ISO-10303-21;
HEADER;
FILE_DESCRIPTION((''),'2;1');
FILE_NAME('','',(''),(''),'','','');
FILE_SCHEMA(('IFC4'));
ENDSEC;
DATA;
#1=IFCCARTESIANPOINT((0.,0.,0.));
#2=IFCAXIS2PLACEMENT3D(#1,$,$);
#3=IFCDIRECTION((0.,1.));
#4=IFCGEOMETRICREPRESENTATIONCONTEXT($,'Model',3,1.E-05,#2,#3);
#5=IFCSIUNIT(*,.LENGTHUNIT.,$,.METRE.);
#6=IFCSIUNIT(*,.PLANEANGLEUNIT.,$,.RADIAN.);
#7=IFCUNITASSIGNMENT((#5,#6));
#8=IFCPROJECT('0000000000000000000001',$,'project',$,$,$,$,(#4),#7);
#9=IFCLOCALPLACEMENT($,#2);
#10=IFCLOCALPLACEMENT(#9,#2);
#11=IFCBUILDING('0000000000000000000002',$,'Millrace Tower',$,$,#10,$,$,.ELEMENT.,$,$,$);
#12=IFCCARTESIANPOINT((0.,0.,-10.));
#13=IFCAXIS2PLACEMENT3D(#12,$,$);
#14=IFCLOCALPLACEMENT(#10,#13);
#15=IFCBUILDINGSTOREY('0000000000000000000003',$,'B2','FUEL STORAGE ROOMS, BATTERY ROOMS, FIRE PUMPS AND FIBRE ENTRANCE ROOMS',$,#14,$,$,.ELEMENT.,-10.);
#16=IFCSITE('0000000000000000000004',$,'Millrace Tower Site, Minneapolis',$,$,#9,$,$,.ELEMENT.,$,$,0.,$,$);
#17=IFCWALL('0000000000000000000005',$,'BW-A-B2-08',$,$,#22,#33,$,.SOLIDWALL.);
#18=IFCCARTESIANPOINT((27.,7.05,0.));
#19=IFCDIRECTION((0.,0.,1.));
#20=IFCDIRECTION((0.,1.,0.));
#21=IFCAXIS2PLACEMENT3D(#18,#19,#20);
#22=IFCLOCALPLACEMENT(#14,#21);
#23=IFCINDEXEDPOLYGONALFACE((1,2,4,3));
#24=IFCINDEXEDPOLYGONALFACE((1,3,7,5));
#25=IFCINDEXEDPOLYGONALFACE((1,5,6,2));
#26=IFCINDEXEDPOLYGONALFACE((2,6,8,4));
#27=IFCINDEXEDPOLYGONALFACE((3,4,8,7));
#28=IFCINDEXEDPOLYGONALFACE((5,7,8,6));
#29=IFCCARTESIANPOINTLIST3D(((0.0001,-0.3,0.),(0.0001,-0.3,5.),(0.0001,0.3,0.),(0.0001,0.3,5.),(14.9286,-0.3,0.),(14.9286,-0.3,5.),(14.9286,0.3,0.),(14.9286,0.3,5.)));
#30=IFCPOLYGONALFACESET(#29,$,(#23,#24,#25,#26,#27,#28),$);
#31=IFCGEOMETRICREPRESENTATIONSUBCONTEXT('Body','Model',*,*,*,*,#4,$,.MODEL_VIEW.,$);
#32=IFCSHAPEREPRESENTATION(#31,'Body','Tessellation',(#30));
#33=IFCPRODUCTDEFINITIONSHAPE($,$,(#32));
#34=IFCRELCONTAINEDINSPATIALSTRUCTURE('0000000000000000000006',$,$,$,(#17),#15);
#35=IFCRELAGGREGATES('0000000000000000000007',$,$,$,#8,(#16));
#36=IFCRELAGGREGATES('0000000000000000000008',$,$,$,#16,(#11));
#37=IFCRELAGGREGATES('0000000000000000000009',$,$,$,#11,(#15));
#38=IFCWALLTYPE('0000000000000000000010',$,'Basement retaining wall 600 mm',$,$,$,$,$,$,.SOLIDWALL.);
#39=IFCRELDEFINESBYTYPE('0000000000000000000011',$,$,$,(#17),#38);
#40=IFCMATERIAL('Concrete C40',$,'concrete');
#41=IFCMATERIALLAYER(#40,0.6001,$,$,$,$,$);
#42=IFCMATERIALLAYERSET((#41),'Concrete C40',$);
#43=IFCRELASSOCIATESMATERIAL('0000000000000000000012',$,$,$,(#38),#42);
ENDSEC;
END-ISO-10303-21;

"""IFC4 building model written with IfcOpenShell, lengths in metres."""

from ifc_helpers import new_model, si_unit, direction, frame, frame_2d, origin, place, context, subcontext, project, spatial, rectangle, extrude, material, layer, layer_set, type_object, element, save


model = new_model("IFC4")

# Units and contexts
model_context = context("Model", 3, precision=1e-05, world=origin(), true_north=direction((0.0, 1.0)))
body_context = subcontext(model_context, "Body", "Model", "MODEL_VIEW")
ifc_project = project(units=[si_unit("LENGTHUNIT", "METRE"), si_unit("PLANEANGLEUNIT", "RADIAN")], contexts=[model_context])

# Site, building, storey
site_placement = place(None, origin())
site = spatial("IfcSite", under=ifc_project, at=site_placement, Name="Millrace Tower Site, Minneapolis", CompositionType="ELEMENT", RefElevation=0.0)
building_placement = place(site_placement, origin())
building = spatial("IfcBuilding", under=site, at=building_placement, Name="Millrace Tower", CompositionType="ELEMENT")
storey_placement = place(building_placement, frame((0.0, 0.0, -10.0)))
storey = spatial("IfcBuildingStorey", under=building, at=storey_placement, Name="B2", Description="FUEL STORAGE ROOMS, BATTERY ROOMS, FIRE PUMPS AND FIBRE ENTRANCE ROOMS", CompositionType="ELEMENT", Elevation=-10.0)

# Shared definitions
placement = place(storey_placement, frame((27.0, 7.05, 0.0), z_axis=(0.0, 0.0, 1.0), x_axis=(0.0, 1.0, 0.0)))

# Wall
ifc_material_1 = material(Name="Concrete C40", Category="concrete")
ifc_layer_1 = layer(ifc_material_1, 0.6001)
ifc_layer_set_1 = layer_set([ifc_layer_1], Name="Concrete C40")
wall_type_1 = type_object("IfcWallType", Name="Basement retaining wall 600 mm", PredefinedType="SOLIDWALL", material=ifc_layer_set_1)
element("IfcWall", 1, at=placement, inside=storey, type_object=wall_type_1, Name="BW-A-B2-08", PredefinedType="SOLIDWALL", context=body_context, shape_type="SweptSolid", body=[
    extrude(rectangle(XDim=14.9285, YDim=0.6001, at=frame_2d((7.4644, 0.0))), origin(), (0.0, 0.0, 1.0), 5.0),
])

save(model, "model.ifc")
